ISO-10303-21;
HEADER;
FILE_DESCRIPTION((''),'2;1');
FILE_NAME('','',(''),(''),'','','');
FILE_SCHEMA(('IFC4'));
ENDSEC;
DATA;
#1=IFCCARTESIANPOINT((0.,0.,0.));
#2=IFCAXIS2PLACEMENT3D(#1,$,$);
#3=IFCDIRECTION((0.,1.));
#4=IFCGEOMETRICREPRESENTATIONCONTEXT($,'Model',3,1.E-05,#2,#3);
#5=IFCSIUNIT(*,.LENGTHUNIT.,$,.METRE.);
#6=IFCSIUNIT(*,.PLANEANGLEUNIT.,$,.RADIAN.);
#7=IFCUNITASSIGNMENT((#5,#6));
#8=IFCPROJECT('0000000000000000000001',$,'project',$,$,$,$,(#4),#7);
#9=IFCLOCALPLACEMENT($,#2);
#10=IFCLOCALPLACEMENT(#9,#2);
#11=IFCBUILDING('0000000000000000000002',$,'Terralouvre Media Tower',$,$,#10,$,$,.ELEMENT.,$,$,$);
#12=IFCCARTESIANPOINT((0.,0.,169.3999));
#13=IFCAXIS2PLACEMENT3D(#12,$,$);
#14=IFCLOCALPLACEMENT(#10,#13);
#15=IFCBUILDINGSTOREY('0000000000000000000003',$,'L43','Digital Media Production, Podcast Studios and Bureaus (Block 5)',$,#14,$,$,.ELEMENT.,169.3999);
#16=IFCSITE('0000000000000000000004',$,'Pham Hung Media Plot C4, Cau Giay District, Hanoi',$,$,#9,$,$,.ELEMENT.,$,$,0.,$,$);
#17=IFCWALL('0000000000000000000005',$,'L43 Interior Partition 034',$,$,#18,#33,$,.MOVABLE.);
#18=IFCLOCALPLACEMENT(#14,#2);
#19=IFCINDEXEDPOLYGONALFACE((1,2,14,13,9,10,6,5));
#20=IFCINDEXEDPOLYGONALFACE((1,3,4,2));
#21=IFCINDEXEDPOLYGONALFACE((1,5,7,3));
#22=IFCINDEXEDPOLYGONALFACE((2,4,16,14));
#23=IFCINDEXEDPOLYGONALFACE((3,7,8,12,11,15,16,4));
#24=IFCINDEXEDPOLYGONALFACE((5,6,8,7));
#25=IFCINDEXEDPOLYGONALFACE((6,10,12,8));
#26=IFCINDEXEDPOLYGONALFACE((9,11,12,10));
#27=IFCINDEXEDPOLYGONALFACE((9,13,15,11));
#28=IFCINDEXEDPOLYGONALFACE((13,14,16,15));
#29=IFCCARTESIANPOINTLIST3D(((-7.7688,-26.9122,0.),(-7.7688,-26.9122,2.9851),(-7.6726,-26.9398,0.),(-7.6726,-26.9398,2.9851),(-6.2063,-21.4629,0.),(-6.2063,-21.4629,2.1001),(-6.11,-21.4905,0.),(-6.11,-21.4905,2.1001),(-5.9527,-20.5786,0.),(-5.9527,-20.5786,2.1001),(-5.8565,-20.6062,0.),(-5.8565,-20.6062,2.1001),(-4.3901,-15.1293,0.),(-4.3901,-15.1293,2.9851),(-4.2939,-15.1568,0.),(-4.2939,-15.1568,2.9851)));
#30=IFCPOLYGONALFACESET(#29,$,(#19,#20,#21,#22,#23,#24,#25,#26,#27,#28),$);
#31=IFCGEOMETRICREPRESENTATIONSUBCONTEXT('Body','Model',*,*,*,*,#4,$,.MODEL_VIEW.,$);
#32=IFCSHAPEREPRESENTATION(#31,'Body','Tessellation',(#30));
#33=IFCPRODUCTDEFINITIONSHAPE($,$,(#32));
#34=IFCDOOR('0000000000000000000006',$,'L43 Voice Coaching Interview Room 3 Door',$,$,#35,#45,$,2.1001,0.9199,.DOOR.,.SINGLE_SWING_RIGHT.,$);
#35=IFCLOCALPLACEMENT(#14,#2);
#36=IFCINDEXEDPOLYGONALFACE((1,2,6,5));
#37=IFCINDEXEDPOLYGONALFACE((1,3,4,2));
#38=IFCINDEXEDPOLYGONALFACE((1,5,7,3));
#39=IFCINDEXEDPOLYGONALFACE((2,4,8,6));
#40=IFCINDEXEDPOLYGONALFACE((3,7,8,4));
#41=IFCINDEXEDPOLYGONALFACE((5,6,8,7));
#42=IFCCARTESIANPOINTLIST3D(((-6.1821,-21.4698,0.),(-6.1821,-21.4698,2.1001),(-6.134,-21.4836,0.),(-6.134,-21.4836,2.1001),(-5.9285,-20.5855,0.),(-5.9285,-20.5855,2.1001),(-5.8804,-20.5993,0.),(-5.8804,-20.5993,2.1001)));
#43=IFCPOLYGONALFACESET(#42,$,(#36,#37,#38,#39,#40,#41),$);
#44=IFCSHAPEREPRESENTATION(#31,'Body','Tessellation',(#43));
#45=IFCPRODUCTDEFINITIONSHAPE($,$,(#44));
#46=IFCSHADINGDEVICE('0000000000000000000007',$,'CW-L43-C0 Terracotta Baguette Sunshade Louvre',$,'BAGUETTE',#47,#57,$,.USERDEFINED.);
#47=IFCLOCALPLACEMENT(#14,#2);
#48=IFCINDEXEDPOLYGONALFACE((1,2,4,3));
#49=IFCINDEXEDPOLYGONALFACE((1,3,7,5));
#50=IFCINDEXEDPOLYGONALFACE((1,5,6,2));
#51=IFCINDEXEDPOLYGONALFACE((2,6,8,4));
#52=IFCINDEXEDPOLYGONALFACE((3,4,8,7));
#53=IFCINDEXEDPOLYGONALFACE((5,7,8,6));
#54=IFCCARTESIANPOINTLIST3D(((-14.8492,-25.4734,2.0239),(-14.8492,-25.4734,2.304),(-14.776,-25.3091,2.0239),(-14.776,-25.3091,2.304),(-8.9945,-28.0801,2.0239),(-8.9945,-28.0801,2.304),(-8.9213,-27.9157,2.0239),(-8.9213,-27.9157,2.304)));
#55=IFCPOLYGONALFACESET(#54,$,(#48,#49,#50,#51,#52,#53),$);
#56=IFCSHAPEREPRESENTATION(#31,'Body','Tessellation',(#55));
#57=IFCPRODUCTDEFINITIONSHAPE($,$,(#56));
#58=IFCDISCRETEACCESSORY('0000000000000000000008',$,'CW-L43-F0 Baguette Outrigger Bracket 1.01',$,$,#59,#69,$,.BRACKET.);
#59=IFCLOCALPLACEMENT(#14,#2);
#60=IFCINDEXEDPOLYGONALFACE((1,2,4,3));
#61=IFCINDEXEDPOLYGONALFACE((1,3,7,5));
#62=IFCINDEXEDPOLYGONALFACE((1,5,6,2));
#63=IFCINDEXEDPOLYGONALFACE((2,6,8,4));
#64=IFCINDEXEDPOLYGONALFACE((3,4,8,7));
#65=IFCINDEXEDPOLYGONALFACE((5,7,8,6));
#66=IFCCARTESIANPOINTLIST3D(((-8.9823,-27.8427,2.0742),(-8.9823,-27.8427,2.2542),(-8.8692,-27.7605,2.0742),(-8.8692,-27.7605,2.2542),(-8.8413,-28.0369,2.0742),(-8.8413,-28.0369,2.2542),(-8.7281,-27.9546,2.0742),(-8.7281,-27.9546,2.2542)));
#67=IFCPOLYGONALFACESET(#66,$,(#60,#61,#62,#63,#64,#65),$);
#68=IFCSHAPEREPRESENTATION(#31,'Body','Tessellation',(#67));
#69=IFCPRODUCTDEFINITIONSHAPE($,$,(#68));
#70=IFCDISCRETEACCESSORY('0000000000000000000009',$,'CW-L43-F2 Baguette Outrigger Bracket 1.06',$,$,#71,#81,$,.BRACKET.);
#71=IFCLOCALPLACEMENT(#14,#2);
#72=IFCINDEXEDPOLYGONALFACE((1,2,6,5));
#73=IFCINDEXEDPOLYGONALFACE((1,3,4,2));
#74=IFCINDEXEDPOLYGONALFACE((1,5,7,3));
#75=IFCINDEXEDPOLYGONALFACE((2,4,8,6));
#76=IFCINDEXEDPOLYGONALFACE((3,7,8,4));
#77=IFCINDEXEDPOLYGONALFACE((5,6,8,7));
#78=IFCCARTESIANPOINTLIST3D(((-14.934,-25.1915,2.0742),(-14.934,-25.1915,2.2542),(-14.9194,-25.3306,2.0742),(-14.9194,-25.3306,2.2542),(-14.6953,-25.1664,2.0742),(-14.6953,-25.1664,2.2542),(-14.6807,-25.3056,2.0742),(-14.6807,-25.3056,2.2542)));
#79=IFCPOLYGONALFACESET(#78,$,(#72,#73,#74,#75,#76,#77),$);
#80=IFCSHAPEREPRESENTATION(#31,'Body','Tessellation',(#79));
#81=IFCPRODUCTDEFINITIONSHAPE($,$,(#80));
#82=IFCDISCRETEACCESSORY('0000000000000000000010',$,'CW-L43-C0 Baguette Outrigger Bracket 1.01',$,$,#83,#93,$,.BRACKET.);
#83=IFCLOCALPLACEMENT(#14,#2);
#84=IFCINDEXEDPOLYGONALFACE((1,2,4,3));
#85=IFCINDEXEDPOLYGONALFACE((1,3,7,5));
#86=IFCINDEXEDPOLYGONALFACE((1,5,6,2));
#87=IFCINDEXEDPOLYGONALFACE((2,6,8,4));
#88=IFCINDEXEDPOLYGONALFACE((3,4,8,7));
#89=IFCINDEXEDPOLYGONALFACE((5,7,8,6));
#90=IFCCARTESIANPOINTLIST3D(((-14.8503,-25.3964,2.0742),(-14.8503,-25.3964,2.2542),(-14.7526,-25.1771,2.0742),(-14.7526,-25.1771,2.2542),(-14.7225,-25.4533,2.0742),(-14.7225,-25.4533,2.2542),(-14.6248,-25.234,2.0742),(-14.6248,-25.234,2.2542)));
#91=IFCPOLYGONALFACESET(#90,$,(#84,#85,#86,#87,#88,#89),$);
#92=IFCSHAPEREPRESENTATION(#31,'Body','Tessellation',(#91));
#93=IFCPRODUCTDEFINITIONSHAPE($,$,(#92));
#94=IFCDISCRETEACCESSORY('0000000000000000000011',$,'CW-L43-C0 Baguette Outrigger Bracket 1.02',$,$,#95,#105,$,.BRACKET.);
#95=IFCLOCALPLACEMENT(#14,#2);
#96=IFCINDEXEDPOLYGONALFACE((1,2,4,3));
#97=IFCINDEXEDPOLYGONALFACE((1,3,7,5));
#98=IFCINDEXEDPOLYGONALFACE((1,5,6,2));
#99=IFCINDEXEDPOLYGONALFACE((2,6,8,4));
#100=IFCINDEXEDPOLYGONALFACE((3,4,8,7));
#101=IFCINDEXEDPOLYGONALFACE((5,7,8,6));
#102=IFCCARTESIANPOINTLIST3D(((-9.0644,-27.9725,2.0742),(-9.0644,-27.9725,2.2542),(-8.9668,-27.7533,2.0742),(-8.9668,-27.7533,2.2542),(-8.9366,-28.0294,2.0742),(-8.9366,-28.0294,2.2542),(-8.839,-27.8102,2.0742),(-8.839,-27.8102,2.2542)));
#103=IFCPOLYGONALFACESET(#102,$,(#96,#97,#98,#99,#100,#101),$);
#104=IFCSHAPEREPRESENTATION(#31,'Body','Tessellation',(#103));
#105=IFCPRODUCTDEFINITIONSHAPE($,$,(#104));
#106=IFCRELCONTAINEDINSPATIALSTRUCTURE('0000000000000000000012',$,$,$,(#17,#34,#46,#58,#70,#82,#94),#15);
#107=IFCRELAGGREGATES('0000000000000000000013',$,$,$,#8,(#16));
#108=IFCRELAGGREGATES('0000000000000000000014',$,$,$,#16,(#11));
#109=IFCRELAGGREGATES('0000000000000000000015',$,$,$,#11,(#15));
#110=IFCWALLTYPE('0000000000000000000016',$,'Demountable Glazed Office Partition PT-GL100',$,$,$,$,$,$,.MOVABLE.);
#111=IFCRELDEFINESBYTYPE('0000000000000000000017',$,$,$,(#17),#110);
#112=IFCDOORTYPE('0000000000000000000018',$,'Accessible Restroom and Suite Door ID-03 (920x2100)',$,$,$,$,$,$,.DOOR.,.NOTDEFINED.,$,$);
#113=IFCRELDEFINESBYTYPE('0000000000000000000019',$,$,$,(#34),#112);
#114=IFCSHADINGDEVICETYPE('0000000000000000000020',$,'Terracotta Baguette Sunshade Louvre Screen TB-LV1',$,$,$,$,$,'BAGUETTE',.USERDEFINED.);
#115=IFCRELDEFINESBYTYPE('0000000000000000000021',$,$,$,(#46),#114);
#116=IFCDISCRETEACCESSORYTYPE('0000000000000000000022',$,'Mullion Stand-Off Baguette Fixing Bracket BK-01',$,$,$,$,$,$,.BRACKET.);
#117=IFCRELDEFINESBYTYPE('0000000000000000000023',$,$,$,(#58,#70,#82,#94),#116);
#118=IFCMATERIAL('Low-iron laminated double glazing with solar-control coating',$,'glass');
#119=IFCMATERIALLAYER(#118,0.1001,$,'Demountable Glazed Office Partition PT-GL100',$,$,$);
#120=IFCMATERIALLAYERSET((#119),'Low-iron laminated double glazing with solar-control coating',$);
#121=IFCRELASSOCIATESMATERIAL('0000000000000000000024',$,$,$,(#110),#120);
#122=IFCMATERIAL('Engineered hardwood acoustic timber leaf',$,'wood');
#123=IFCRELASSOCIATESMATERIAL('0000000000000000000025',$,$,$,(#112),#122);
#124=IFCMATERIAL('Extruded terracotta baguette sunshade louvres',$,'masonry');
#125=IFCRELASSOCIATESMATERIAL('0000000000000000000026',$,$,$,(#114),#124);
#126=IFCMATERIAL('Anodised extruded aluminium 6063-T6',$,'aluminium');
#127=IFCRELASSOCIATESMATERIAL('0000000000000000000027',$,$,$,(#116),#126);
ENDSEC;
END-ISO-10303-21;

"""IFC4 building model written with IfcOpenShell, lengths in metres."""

from ifc_helpers import new_model, si_unit, direction, frame, frame_2d, origin, origin_2d, place, context, subcontext, project, spatial, rectangle, extrude, material, layer, layer_set, type_object, element, fill, save


model = new_model("IFC4")

# Units and contexts
model_context = context("Model", 3, precision=1e-05, world=origin(), true_north=direction((0.0, 1.0)))
body_context = subcontext(model_context, "Body", "Model", "MODEL_VIEW")
ifc_project = project(units=[si_unit("LENGTHUNIT", "METRE"), si_unit("PLANEANGLEUNIT", "RADIAN")], contexts=[model_context])

# Site, building, storey
site_placement = place(None, origin())
site = spatial("IfcSite", under=ifc_project, at=site_placement, Name="Pham Hung Media Plot C4, Cau Giay District, Hanoi", CompositionType="ELEMENT", RefElevation=0.0)
building_placement = place(site_placement, origin())
building = spatial("IfcBuilding", under=site, at=building_placement, Name="Terralouvre Media Tower", CompositionType="ELEMENT")
storey_placement = place(building_placement, frame((0.0, 0.0, 169.3999)))
storey = spatial("IfcBuildingStorey", under=building, at=storey_placement, Name="L43", Description="Digital Media Production, Podcast Studios and Bureaus (Block 5)", CompositionType="ELEMENT", Elevation=169.3999)

# Wall, opening, door
ifc_material_1 = material(Name="Low-iron laminated double glazing with solar-control coating", Category="glass")
ifc_layer_1 = layer(ifc_material_1, 0.1001, Name="Demountable Glazed Office Partition PT-GL100")
ifc_layer_set_1 = layer_set([ifc_layer_1], Name="Low-iron laminated double glazing with solar-control coating")
wall_type = type_object("IfcWallType", Name="Demountable Glazed Office Partition PT-GL100", PredefinedType="MOVABLE", material=ifc_layer_set_1)
wall_placement = place(storey_placement, frame((-7.7207, -26.926, 0.0), z_axis=(0.0, 0.0, 1.0), x_axis=(0.275634, 0.961263, 0.0)))
wall = element("IfcWall", 1, at=wall_placement, inside=storey, type_object=wall_type, Name="L43 Interior Partition 034", PredefinedType="MOVABLE", context=body_context, shape_type="SweptSolid", body=[
    extrude(rectangle(XDim=12.2578, YDim=0.1001, at=frame_2d((6.1289, 0.0))), origin(), (0.0, 0.0, 1.0), 2.9851),
])
opening_placement = place(wall_placement, frame((5.6689, 0.0, 0.0)))
opening = element("IfcOpeningElement", 2, at=opening_placement, cuts=wall, PredefinedType="OPENING", context=body_context, shape_type="SweptSolid", body=[
    extrude(rectangle(XDim=0.9199, YDim=2.1001, at=frame_2d((0.46, 1.05))), frame((0.0, 0.0601, 0.0), z_axis=(0.0, -1.0, 0.0), x_axis=(1.0, 0.0, 0.0)), (0.0, 0.0, 1.0), 0.1201),
])
ifc_material_2 = material(Name="Engineered hardwood acoustic timber leaf", Category="wood")
door_type = type_object("IfcDoorType", Name="Accessible Restroom and Suite Door ID-03 (920x2100)", OperationType="NOTDEFINED", PredefinedType="DOOR", material=ifc_material_2)
door_placement = place(opening_placement, origin())
door = element("IfcDoor", 3, at=door_placement, inside=storey, type_object=door_type, Name="L43 Voice Coaching Interview Room 3 Door", OperationType="SINGLE_SWING_RIGHT", OverallHeight=2.1001, OverallWidth=0.9199, PredefinedType="DOOR", context=body_context, shape_type="SweptSolid", body=[
    extrude(rectangle(XDim=0.9199, YDim=2.1001, at=frame_2d((0.46, 1.05))), frame((0.0, 0.0249, 0.0), z_axis=(0.0, -1.0, 0.0), x_axis=(1.0, 0.0, 0.0)), (0.0, 0.0, 1.0), 0.05),
])
fill(opening, door)

# Shading device
ifc_material_3 = material(Name="Extruded terracotta baguette sunshade louvres", Category="masonry")
shading_device_type = type_object("IfcShadingDeviceType", Name="Terracotta Baguette Sunshade Louvre Screen TB-LV1", ElementType="BAGUETTE", PredefinedType="USERDEFINED", material=ifc_material_3)
shading_device_placement = place(storey_placement, frame((-11.8853, -26.6946, 2.0239), z_axis=(0.0, 0.0, 1.0), x_axis=(0.913545, -0.406737, 0.0)))
element("IfcShadingDevice", 4, at=shading_device_placement, inside=storey, type_object=shading_device_type, Name="CW-L43-C0 Terracotta Baguette Sunshade Louvre", ObjectType="BAGUETTE", PredefinedType="USERDEFINED", context=body_context, shape_type="SweptSolid", body=[
    extrude(rectangle(XDim=6.4087, YDim=0.1799, at=origin_2d()), origin(), (0.0, 0.0, 1.0), 0.28),
])

# Discrete accessories
ifc_material_4 = material(Name="Anodised extruded aluminium 6063-T6", Category="aluminium")
discrete_accessory_type = type_object("IfcDiscreteAccessoryType", Name="Mullion Stand-Off Baguette Fixing Bracket BK-01", PredefinedType="BRACKET", material=ifc_material_4)
for number, where, z_axis, x_axis, name in (
    (5, (-8.8552, -27.8987, 2.0742), (0.0, 0.0, 1.0), (0.809017, 0.587785, 0.0), "CW-L43-F0 Baguette Outrigger Bracket 1.01"),
    (6, (-14.8074, -25.2485, 2.0742), (0.0, 0.0, 1.0), (0.104528, -0.994522, 0.0), "CW-L43-F2 Baguette Outrigger Bracket 1.06"),
    (7, (-14.7375, -25.3152, 2.0742), (0.0, 0.0, 1.0), (0.913545, -0.406737, 0.0), "CW-L43-C0 Baguette Outrigger Bracket 1.01"),
    (8, (-8.9517, -27.8914, 2.0742), (0.0, 0.0, 1.0), (0.913545, -0.406737, 0.0), "CW-L43-C0 Baguette Outrigger Bracket 1.02"),
):
    element("IfcDiscreteAccessory", number, at=place(storey_placement, frame(where, z_axis=z_axis, x_axis=x_axis)), inside=storey, type_object=discrete_accessory_type, Name=name, PredefinedType="BRACKET", context=body_context, shape_type="SweptSolid", body=[
        extrude(rectangle(XDim=0.1399, YDim=0.24, at=origin_2d()), origin(), (0.0, 0.0, 1.0), 0.1799),
    ])

save(model, "model.ifc")
